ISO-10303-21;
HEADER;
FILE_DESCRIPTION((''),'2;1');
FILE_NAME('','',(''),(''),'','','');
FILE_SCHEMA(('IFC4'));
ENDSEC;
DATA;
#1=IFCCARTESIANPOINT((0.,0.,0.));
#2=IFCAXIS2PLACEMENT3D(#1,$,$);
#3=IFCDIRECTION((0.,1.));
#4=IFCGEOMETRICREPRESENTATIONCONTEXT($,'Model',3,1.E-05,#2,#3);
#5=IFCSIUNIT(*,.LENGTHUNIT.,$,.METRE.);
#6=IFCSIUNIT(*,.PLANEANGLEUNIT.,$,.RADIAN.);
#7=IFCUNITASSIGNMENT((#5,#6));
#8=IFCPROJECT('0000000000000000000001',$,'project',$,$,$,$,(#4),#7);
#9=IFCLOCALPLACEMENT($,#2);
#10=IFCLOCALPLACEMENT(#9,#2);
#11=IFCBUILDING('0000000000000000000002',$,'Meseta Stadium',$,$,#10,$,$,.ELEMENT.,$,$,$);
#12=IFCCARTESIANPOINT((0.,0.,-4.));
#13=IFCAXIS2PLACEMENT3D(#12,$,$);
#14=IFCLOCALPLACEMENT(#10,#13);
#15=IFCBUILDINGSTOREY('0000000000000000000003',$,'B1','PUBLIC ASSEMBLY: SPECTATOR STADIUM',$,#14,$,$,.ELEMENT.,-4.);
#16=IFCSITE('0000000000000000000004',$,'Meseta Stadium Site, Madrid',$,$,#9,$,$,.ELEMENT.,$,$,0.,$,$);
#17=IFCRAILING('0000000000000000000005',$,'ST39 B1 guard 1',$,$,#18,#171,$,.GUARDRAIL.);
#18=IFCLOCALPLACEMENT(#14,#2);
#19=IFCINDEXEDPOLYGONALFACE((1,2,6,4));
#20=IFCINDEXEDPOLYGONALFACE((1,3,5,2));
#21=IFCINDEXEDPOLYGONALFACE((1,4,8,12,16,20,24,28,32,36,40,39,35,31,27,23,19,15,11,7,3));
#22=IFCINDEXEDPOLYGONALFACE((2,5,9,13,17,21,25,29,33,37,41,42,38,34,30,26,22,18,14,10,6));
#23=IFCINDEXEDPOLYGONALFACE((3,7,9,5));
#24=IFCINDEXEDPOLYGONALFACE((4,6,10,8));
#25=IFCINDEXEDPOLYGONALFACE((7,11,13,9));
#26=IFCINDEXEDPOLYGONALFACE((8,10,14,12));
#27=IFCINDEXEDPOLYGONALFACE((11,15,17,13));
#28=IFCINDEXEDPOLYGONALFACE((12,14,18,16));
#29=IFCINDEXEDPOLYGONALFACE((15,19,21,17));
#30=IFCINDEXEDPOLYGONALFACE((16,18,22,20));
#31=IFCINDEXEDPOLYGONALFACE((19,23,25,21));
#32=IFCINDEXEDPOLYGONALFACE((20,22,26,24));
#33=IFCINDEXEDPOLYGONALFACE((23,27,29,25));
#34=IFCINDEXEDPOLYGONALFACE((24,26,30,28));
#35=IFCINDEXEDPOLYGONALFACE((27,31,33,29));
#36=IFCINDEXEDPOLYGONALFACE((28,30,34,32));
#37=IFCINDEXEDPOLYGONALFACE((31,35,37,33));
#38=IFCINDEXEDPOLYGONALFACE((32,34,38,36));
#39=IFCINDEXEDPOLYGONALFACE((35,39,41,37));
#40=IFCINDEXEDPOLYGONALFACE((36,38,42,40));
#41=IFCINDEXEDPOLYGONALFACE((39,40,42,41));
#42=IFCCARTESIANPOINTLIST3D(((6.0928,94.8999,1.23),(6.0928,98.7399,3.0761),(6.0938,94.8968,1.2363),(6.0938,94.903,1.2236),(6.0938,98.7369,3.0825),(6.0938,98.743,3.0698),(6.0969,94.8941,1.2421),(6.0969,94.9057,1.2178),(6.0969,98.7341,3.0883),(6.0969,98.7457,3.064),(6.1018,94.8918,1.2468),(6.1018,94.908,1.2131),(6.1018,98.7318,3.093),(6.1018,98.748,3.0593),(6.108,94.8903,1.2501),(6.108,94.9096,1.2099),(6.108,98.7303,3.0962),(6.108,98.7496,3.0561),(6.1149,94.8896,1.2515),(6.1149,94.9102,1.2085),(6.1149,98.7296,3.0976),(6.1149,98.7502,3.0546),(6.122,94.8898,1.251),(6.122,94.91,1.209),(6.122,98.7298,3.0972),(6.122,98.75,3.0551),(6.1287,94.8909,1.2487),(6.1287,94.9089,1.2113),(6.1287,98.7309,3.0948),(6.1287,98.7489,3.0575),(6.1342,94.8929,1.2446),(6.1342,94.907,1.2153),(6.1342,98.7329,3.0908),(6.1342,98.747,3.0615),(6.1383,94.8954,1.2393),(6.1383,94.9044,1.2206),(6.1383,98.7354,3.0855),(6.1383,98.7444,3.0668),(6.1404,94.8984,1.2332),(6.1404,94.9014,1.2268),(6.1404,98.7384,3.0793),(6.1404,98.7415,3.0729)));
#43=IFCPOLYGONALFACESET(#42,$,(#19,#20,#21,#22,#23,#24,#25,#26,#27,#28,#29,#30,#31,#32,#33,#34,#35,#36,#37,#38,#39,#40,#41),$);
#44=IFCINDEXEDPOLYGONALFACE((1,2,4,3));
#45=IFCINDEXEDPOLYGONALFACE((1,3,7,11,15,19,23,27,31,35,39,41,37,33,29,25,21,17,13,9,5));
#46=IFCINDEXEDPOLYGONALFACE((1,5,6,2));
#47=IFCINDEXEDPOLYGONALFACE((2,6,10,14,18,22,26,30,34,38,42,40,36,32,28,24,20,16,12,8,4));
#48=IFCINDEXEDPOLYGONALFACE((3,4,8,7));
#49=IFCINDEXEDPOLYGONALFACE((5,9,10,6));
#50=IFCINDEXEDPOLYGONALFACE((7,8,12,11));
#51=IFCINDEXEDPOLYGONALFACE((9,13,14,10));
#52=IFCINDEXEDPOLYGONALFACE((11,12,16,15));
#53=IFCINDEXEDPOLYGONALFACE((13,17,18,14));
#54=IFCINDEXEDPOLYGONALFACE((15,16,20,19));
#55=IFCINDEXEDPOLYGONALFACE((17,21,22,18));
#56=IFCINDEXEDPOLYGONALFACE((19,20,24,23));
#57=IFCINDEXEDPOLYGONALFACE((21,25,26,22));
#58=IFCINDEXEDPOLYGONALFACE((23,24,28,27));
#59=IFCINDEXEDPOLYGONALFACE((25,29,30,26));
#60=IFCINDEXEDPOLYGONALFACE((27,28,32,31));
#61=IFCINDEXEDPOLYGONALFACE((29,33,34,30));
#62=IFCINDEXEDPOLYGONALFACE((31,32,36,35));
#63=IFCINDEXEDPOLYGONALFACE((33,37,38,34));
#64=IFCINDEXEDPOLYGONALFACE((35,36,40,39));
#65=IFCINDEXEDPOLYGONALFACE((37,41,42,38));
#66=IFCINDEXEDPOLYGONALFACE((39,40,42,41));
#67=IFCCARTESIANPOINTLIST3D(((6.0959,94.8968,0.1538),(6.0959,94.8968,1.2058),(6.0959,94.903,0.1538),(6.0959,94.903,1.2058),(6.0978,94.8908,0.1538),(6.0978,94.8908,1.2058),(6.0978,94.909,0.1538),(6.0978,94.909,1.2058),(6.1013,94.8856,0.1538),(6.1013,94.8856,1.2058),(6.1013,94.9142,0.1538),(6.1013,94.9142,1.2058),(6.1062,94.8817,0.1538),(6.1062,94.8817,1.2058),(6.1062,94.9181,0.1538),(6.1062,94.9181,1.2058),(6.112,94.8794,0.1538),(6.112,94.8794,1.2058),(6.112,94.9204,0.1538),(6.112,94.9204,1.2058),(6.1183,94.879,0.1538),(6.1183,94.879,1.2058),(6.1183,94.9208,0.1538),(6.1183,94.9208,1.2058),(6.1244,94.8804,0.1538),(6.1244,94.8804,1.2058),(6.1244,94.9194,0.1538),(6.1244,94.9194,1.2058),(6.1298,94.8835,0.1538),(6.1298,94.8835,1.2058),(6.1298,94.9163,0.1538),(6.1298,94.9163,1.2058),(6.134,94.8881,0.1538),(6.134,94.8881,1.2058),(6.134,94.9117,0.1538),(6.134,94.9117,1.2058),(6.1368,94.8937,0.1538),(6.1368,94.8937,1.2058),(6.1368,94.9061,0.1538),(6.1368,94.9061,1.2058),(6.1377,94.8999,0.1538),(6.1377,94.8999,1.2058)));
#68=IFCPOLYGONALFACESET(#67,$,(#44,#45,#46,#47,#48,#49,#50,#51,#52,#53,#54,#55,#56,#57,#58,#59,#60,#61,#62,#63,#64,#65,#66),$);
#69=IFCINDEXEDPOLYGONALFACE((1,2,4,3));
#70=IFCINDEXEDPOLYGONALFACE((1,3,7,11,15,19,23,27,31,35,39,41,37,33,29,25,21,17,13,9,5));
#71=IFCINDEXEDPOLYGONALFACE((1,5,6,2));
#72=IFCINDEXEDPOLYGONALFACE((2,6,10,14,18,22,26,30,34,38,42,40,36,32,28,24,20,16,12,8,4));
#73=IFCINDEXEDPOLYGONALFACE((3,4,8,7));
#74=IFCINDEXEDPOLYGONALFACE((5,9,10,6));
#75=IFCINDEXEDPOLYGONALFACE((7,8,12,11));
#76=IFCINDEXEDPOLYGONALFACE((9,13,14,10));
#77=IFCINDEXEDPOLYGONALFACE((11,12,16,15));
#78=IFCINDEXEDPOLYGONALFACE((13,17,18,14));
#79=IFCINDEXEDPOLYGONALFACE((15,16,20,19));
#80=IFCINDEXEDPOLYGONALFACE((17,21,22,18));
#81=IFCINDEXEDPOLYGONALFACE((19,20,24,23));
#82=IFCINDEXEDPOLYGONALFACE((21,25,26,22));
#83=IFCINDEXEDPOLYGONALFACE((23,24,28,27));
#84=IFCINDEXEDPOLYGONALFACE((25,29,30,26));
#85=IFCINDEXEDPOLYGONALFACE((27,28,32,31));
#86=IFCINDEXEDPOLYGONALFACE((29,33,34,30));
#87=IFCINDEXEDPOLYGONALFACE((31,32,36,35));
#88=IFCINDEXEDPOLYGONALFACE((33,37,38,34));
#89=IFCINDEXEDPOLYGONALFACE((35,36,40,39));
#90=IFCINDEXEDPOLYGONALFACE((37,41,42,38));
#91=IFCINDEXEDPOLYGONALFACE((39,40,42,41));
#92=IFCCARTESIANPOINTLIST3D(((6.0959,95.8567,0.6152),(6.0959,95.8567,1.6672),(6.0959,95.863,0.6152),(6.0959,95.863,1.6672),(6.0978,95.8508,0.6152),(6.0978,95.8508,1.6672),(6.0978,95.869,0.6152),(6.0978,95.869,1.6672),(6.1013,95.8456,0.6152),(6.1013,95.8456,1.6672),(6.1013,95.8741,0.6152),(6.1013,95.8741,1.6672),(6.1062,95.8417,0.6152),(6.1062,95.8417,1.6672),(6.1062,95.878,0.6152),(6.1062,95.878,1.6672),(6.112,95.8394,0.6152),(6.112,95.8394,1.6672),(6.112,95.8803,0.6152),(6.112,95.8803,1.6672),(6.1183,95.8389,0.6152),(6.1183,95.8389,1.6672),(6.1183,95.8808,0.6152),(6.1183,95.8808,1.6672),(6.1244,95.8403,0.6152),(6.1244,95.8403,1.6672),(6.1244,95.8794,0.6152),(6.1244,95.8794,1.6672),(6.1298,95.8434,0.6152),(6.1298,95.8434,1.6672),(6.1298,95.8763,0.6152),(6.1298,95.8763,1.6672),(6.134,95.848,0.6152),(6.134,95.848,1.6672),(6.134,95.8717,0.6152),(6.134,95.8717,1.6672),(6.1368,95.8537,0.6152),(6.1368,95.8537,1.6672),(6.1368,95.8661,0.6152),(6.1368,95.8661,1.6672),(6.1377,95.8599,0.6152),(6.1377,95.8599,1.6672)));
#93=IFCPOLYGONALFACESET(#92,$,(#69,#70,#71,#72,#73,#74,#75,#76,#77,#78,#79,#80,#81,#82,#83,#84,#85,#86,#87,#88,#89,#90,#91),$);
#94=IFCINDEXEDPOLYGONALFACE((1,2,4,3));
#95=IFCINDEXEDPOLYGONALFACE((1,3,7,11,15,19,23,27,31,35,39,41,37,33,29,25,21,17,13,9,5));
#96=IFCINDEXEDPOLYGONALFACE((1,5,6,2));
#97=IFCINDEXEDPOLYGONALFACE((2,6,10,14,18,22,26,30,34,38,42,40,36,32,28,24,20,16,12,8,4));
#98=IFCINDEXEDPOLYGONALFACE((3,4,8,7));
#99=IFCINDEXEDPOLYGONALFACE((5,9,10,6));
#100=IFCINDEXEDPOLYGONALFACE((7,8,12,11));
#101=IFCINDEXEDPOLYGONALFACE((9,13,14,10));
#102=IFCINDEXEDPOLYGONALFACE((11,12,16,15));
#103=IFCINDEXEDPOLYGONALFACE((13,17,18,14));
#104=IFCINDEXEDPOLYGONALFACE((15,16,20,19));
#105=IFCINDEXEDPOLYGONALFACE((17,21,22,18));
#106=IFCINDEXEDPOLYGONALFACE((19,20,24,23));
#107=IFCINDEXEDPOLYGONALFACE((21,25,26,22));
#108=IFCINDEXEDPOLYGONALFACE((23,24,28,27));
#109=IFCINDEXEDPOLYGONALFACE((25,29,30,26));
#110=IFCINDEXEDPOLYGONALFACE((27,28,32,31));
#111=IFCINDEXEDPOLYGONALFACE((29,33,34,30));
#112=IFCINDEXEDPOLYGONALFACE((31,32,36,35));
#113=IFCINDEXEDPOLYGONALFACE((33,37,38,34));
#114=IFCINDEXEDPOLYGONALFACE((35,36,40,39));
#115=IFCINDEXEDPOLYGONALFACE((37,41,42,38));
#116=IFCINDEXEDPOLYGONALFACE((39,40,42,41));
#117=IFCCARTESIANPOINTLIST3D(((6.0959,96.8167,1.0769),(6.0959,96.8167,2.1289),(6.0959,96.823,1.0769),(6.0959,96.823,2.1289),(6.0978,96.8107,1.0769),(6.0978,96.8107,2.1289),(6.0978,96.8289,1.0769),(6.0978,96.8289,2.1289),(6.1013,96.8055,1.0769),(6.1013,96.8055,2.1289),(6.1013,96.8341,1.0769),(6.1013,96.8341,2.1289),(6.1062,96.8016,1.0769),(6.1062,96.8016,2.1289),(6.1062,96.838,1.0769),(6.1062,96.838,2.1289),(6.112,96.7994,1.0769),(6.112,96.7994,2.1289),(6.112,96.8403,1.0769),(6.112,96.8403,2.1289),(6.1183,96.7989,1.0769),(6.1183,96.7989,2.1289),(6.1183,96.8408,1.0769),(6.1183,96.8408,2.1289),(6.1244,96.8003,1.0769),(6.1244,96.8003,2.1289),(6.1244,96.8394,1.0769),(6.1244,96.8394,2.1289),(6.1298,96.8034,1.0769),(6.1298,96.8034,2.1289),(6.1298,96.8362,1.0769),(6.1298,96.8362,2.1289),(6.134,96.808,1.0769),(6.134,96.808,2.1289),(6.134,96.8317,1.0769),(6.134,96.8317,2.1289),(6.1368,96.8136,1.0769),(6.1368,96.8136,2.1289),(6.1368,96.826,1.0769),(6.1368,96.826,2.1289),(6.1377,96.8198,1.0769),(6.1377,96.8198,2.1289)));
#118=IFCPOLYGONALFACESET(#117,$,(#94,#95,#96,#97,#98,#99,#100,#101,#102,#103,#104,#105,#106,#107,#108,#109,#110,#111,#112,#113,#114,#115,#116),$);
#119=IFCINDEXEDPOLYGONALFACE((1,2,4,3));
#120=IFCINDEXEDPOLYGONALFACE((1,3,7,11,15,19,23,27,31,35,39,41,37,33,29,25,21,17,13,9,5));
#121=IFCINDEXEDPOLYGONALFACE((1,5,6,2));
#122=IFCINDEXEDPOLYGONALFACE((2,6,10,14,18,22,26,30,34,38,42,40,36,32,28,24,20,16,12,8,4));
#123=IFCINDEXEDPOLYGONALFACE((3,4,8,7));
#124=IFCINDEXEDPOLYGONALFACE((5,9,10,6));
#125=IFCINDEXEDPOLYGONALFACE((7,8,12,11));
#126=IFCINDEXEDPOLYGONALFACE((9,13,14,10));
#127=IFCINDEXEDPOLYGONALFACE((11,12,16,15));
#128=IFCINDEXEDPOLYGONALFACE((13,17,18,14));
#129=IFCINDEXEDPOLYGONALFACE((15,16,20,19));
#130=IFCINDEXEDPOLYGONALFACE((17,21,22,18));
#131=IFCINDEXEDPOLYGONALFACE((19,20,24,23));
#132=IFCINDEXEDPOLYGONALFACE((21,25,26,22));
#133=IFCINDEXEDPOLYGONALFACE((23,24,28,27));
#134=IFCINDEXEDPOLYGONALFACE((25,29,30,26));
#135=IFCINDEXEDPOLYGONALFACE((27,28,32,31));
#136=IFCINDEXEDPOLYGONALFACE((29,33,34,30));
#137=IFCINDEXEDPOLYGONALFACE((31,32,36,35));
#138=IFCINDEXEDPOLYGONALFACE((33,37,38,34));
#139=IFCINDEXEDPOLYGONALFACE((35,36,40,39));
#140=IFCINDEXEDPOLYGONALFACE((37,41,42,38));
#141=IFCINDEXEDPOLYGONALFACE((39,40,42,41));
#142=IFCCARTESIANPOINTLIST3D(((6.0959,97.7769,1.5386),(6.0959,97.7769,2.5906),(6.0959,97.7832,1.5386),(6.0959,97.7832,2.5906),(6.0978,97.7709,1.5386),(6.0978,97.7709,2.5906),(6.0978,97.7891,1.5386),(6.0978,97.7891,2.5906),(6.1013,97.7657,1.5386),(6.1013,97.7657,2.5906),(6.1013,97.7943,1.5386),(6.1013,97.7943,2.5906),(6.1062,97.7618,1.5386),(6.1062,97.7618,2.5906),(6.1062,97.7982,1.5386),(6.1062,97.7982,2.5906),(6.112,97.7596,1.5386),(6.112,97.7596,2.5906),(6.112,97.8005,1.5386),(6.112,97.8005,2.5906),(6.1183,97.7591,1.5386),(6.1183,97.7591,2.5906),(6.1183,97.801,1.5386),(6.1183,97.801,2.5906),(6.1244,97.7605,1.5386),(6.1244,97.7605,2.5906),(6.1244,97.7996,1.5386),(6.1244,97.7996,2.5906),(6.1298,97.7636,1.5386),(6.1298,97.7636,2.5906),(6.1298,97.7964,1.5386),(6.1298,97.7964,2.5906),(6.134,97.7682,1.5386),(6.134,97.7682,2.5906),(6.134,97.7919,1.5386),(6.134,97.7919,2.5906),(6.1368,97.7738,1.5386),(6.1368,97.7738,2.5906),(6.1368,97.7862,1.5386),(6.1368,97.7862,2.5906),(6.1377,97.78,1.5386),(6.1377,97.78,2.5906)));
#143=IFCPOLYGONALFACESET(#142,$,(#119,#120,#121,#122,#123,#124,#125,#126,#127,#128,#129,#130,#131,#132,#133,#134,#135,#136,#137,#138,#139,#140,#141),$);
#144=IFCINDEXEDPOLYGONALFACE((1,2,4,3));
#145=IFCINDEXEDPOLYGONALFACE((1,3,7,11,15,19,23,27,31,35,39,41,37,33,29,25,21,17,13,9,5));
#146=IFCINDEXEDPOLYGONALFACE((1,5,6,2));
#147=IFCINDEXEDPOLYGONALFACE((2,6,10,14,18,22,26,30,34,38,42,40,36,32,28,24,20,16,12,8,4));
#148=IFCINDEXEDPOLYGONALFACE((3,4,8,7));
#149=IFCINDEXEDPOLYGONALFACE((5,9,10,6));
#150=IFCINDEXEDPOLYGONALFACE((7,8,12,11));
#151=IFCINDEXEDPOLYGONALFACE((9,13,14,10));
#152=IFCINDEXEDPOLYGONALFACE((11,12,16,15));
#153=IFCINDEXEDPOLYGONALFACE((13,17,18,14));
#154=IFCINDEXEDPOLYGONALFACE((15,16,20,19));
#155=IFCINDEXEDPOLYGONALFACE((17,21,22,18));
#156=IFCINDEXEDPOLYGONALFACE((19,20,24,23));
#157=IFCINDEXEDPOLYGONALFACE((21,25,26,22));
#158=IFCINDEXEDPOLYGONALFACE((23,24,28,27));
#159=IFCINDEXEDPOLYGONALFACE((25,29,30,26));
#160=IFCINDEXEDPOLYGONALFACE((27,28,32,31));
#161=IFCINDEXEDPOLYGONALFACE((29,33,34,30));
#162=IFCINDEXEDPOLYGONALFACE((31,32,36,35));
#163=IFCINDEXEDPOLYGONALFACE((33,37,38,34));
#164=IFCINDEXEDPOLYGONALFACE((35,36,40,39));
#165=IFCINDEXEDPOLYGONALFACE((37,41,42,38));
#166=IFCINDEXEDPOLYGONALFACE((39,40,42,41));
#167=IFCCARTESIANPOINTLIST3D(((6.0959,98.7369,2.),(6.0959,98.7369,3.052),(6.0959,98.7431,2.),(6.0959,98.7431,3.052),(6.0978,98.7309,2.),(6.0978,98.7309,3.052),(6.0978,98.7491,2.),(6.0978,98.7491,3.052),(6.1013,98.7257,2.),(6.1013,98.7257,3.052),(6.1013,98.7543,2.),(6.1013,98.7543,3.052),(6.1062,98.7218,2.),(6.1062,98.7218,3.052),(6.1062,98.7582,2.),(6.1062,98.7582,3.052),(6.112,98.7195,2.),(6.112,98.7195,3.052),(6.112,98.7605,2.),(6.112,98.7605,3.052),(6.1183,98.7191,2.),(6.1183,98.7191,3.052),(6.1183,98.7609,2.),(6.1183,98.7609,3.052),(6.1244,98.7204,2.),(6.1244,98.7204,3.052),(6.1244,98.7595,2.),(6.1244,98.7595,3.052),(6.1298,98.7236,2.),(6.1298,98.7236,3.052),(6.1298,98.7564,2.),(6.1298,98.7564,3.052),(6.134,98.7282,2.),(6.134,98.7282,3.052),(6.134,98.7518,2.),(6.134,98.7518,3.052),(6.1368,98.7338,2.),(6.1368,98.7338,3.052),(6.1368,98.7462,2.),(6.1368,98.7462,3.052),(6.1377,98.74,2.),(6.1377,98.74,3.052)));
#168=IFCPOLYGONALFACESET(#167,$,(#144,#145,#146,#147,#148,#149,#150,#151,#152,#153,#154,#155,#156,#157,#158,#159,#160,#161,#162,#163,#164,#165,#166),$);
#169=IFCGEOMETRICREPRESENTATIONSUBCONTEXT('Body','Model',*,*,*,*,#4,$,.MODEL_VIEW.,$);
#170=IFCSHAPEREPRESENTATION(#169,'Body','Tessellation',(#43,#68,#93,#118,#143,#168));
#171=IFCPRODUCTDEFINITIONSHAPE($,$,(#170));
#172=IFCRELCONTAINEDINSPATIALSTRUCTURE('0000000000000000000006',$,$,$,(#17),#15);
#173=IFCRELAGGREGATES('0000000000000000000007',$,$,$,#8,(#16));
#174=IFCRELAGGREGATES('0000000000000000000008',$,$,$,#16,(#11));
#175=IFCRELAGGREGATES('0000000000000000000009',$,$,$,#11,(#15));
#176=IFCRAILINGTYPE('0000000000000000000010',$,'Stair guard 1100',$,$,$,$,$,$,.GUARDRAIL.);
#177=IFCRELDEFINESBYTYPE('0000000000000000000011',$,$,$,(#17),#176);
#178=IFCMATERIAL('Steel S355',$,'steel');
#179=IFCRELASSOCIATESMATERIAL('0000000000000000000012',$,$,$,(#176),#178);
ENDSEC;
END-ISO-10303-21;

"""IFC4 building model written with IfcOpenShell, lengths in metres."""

from ifc_helpers import new_model, si_unit, direction, frame, origin, origin_2d, place, context, subcontext, project, spatial, circle, extrude, material, type_object, element, save


model = new_model("IFC4")

# Units and contexts
model_context = context("Model", 3, precision=1e-05, world=origin(), true_north=direction((0.0, 1.0)))
body_context = subcontext(model_context, "Body", "Model", "MODEL_VIEW")
ifc_project = project(units=[si_unit("LENGTHUNIT", "METRE"), si_unit("PLANEANGLEUNIT", "RADIAN")], contexts=[model_context])

# Site, building, storey
site_placement = place(None, origin())
site = spatial("IfcSite", under=ifc_project, at=site_placement, Name="Meseta Stadium Site, Madrid", CompositionType="ELEMENT", RefElevation=0.0)
building_placement = place(site_placement, origin())
building = spatial("IfcBuilding", under=site, at=building_placement, Name="Meseta Stadium", CompositionType="ELEMENT")
storey_placement = place(building_placement, frame((0.0, 0.0, -4.0)))
storey = spatial("IfcBuildingStorey", under=building, at=storey_placement, Name="B1", Description="PUBLIC ASSEMBLY: SPECTATOR STADIUM", CompositionType="ELEMENT", Elevation=-4.0)

# Railing
ifc_material_1 = material(Name="Steel S355", Category="steel")
railing_type_1 = type_object("IfcRailingType", Name="Stair guard 1100", PredefinedType="GUARDRAIL", material=ifc_material_1)
railing_1_placement = place(storey_placement, frame((6.1167, 94.8999, 0.1538)))
element("IfcRailing", 1, at=railing_1_placement, inside=storey, type_object=railing_type_1, Name="ST39 B1 guard 1", PredefinedType="GUARDRAIL", context=body_context, shape_type="SweptSolid", body=[
    extrude(circle(Radius=0.0239, at=origin_2d()), frame((0.0, 0.0, 1.0762), z_axis=(0.0, 0.901253, 0.433294), x_axis=(-1.0, 0.0, 0.0)), (0.0, 0.0, 1.0), 4.2607),
    extrude(circle(Radius=0.021, at=origin_2d()), origin(), (0.0, 0.0, 1.0), 1.052),
    extrude(circle(Radius=0.021, at=origin_2d()), frame((0.0, 0.96, 0.4614)), (0.0, 0.0, 1.0), 1.052),
    extrude(circle(Radius=0.021, at=origin_2d()), frame((0.0, 1.9199, 0.9231)), (0.0, 0.0, 1.0), 1.052),
    extrude(circle(Radius=0.021, at=origin_2d()), frame((0.0, 2.8801, 1.3848)), (0.0, 0.0, 1.0), 1.052),
    extrude(circle(Radius=0.021, at=origin_2d()), frame((0.0, 3.8401, 1.8462)), (0.0, 0.0, 1.0), 1.052),
])

save(model, "model.ifc")
